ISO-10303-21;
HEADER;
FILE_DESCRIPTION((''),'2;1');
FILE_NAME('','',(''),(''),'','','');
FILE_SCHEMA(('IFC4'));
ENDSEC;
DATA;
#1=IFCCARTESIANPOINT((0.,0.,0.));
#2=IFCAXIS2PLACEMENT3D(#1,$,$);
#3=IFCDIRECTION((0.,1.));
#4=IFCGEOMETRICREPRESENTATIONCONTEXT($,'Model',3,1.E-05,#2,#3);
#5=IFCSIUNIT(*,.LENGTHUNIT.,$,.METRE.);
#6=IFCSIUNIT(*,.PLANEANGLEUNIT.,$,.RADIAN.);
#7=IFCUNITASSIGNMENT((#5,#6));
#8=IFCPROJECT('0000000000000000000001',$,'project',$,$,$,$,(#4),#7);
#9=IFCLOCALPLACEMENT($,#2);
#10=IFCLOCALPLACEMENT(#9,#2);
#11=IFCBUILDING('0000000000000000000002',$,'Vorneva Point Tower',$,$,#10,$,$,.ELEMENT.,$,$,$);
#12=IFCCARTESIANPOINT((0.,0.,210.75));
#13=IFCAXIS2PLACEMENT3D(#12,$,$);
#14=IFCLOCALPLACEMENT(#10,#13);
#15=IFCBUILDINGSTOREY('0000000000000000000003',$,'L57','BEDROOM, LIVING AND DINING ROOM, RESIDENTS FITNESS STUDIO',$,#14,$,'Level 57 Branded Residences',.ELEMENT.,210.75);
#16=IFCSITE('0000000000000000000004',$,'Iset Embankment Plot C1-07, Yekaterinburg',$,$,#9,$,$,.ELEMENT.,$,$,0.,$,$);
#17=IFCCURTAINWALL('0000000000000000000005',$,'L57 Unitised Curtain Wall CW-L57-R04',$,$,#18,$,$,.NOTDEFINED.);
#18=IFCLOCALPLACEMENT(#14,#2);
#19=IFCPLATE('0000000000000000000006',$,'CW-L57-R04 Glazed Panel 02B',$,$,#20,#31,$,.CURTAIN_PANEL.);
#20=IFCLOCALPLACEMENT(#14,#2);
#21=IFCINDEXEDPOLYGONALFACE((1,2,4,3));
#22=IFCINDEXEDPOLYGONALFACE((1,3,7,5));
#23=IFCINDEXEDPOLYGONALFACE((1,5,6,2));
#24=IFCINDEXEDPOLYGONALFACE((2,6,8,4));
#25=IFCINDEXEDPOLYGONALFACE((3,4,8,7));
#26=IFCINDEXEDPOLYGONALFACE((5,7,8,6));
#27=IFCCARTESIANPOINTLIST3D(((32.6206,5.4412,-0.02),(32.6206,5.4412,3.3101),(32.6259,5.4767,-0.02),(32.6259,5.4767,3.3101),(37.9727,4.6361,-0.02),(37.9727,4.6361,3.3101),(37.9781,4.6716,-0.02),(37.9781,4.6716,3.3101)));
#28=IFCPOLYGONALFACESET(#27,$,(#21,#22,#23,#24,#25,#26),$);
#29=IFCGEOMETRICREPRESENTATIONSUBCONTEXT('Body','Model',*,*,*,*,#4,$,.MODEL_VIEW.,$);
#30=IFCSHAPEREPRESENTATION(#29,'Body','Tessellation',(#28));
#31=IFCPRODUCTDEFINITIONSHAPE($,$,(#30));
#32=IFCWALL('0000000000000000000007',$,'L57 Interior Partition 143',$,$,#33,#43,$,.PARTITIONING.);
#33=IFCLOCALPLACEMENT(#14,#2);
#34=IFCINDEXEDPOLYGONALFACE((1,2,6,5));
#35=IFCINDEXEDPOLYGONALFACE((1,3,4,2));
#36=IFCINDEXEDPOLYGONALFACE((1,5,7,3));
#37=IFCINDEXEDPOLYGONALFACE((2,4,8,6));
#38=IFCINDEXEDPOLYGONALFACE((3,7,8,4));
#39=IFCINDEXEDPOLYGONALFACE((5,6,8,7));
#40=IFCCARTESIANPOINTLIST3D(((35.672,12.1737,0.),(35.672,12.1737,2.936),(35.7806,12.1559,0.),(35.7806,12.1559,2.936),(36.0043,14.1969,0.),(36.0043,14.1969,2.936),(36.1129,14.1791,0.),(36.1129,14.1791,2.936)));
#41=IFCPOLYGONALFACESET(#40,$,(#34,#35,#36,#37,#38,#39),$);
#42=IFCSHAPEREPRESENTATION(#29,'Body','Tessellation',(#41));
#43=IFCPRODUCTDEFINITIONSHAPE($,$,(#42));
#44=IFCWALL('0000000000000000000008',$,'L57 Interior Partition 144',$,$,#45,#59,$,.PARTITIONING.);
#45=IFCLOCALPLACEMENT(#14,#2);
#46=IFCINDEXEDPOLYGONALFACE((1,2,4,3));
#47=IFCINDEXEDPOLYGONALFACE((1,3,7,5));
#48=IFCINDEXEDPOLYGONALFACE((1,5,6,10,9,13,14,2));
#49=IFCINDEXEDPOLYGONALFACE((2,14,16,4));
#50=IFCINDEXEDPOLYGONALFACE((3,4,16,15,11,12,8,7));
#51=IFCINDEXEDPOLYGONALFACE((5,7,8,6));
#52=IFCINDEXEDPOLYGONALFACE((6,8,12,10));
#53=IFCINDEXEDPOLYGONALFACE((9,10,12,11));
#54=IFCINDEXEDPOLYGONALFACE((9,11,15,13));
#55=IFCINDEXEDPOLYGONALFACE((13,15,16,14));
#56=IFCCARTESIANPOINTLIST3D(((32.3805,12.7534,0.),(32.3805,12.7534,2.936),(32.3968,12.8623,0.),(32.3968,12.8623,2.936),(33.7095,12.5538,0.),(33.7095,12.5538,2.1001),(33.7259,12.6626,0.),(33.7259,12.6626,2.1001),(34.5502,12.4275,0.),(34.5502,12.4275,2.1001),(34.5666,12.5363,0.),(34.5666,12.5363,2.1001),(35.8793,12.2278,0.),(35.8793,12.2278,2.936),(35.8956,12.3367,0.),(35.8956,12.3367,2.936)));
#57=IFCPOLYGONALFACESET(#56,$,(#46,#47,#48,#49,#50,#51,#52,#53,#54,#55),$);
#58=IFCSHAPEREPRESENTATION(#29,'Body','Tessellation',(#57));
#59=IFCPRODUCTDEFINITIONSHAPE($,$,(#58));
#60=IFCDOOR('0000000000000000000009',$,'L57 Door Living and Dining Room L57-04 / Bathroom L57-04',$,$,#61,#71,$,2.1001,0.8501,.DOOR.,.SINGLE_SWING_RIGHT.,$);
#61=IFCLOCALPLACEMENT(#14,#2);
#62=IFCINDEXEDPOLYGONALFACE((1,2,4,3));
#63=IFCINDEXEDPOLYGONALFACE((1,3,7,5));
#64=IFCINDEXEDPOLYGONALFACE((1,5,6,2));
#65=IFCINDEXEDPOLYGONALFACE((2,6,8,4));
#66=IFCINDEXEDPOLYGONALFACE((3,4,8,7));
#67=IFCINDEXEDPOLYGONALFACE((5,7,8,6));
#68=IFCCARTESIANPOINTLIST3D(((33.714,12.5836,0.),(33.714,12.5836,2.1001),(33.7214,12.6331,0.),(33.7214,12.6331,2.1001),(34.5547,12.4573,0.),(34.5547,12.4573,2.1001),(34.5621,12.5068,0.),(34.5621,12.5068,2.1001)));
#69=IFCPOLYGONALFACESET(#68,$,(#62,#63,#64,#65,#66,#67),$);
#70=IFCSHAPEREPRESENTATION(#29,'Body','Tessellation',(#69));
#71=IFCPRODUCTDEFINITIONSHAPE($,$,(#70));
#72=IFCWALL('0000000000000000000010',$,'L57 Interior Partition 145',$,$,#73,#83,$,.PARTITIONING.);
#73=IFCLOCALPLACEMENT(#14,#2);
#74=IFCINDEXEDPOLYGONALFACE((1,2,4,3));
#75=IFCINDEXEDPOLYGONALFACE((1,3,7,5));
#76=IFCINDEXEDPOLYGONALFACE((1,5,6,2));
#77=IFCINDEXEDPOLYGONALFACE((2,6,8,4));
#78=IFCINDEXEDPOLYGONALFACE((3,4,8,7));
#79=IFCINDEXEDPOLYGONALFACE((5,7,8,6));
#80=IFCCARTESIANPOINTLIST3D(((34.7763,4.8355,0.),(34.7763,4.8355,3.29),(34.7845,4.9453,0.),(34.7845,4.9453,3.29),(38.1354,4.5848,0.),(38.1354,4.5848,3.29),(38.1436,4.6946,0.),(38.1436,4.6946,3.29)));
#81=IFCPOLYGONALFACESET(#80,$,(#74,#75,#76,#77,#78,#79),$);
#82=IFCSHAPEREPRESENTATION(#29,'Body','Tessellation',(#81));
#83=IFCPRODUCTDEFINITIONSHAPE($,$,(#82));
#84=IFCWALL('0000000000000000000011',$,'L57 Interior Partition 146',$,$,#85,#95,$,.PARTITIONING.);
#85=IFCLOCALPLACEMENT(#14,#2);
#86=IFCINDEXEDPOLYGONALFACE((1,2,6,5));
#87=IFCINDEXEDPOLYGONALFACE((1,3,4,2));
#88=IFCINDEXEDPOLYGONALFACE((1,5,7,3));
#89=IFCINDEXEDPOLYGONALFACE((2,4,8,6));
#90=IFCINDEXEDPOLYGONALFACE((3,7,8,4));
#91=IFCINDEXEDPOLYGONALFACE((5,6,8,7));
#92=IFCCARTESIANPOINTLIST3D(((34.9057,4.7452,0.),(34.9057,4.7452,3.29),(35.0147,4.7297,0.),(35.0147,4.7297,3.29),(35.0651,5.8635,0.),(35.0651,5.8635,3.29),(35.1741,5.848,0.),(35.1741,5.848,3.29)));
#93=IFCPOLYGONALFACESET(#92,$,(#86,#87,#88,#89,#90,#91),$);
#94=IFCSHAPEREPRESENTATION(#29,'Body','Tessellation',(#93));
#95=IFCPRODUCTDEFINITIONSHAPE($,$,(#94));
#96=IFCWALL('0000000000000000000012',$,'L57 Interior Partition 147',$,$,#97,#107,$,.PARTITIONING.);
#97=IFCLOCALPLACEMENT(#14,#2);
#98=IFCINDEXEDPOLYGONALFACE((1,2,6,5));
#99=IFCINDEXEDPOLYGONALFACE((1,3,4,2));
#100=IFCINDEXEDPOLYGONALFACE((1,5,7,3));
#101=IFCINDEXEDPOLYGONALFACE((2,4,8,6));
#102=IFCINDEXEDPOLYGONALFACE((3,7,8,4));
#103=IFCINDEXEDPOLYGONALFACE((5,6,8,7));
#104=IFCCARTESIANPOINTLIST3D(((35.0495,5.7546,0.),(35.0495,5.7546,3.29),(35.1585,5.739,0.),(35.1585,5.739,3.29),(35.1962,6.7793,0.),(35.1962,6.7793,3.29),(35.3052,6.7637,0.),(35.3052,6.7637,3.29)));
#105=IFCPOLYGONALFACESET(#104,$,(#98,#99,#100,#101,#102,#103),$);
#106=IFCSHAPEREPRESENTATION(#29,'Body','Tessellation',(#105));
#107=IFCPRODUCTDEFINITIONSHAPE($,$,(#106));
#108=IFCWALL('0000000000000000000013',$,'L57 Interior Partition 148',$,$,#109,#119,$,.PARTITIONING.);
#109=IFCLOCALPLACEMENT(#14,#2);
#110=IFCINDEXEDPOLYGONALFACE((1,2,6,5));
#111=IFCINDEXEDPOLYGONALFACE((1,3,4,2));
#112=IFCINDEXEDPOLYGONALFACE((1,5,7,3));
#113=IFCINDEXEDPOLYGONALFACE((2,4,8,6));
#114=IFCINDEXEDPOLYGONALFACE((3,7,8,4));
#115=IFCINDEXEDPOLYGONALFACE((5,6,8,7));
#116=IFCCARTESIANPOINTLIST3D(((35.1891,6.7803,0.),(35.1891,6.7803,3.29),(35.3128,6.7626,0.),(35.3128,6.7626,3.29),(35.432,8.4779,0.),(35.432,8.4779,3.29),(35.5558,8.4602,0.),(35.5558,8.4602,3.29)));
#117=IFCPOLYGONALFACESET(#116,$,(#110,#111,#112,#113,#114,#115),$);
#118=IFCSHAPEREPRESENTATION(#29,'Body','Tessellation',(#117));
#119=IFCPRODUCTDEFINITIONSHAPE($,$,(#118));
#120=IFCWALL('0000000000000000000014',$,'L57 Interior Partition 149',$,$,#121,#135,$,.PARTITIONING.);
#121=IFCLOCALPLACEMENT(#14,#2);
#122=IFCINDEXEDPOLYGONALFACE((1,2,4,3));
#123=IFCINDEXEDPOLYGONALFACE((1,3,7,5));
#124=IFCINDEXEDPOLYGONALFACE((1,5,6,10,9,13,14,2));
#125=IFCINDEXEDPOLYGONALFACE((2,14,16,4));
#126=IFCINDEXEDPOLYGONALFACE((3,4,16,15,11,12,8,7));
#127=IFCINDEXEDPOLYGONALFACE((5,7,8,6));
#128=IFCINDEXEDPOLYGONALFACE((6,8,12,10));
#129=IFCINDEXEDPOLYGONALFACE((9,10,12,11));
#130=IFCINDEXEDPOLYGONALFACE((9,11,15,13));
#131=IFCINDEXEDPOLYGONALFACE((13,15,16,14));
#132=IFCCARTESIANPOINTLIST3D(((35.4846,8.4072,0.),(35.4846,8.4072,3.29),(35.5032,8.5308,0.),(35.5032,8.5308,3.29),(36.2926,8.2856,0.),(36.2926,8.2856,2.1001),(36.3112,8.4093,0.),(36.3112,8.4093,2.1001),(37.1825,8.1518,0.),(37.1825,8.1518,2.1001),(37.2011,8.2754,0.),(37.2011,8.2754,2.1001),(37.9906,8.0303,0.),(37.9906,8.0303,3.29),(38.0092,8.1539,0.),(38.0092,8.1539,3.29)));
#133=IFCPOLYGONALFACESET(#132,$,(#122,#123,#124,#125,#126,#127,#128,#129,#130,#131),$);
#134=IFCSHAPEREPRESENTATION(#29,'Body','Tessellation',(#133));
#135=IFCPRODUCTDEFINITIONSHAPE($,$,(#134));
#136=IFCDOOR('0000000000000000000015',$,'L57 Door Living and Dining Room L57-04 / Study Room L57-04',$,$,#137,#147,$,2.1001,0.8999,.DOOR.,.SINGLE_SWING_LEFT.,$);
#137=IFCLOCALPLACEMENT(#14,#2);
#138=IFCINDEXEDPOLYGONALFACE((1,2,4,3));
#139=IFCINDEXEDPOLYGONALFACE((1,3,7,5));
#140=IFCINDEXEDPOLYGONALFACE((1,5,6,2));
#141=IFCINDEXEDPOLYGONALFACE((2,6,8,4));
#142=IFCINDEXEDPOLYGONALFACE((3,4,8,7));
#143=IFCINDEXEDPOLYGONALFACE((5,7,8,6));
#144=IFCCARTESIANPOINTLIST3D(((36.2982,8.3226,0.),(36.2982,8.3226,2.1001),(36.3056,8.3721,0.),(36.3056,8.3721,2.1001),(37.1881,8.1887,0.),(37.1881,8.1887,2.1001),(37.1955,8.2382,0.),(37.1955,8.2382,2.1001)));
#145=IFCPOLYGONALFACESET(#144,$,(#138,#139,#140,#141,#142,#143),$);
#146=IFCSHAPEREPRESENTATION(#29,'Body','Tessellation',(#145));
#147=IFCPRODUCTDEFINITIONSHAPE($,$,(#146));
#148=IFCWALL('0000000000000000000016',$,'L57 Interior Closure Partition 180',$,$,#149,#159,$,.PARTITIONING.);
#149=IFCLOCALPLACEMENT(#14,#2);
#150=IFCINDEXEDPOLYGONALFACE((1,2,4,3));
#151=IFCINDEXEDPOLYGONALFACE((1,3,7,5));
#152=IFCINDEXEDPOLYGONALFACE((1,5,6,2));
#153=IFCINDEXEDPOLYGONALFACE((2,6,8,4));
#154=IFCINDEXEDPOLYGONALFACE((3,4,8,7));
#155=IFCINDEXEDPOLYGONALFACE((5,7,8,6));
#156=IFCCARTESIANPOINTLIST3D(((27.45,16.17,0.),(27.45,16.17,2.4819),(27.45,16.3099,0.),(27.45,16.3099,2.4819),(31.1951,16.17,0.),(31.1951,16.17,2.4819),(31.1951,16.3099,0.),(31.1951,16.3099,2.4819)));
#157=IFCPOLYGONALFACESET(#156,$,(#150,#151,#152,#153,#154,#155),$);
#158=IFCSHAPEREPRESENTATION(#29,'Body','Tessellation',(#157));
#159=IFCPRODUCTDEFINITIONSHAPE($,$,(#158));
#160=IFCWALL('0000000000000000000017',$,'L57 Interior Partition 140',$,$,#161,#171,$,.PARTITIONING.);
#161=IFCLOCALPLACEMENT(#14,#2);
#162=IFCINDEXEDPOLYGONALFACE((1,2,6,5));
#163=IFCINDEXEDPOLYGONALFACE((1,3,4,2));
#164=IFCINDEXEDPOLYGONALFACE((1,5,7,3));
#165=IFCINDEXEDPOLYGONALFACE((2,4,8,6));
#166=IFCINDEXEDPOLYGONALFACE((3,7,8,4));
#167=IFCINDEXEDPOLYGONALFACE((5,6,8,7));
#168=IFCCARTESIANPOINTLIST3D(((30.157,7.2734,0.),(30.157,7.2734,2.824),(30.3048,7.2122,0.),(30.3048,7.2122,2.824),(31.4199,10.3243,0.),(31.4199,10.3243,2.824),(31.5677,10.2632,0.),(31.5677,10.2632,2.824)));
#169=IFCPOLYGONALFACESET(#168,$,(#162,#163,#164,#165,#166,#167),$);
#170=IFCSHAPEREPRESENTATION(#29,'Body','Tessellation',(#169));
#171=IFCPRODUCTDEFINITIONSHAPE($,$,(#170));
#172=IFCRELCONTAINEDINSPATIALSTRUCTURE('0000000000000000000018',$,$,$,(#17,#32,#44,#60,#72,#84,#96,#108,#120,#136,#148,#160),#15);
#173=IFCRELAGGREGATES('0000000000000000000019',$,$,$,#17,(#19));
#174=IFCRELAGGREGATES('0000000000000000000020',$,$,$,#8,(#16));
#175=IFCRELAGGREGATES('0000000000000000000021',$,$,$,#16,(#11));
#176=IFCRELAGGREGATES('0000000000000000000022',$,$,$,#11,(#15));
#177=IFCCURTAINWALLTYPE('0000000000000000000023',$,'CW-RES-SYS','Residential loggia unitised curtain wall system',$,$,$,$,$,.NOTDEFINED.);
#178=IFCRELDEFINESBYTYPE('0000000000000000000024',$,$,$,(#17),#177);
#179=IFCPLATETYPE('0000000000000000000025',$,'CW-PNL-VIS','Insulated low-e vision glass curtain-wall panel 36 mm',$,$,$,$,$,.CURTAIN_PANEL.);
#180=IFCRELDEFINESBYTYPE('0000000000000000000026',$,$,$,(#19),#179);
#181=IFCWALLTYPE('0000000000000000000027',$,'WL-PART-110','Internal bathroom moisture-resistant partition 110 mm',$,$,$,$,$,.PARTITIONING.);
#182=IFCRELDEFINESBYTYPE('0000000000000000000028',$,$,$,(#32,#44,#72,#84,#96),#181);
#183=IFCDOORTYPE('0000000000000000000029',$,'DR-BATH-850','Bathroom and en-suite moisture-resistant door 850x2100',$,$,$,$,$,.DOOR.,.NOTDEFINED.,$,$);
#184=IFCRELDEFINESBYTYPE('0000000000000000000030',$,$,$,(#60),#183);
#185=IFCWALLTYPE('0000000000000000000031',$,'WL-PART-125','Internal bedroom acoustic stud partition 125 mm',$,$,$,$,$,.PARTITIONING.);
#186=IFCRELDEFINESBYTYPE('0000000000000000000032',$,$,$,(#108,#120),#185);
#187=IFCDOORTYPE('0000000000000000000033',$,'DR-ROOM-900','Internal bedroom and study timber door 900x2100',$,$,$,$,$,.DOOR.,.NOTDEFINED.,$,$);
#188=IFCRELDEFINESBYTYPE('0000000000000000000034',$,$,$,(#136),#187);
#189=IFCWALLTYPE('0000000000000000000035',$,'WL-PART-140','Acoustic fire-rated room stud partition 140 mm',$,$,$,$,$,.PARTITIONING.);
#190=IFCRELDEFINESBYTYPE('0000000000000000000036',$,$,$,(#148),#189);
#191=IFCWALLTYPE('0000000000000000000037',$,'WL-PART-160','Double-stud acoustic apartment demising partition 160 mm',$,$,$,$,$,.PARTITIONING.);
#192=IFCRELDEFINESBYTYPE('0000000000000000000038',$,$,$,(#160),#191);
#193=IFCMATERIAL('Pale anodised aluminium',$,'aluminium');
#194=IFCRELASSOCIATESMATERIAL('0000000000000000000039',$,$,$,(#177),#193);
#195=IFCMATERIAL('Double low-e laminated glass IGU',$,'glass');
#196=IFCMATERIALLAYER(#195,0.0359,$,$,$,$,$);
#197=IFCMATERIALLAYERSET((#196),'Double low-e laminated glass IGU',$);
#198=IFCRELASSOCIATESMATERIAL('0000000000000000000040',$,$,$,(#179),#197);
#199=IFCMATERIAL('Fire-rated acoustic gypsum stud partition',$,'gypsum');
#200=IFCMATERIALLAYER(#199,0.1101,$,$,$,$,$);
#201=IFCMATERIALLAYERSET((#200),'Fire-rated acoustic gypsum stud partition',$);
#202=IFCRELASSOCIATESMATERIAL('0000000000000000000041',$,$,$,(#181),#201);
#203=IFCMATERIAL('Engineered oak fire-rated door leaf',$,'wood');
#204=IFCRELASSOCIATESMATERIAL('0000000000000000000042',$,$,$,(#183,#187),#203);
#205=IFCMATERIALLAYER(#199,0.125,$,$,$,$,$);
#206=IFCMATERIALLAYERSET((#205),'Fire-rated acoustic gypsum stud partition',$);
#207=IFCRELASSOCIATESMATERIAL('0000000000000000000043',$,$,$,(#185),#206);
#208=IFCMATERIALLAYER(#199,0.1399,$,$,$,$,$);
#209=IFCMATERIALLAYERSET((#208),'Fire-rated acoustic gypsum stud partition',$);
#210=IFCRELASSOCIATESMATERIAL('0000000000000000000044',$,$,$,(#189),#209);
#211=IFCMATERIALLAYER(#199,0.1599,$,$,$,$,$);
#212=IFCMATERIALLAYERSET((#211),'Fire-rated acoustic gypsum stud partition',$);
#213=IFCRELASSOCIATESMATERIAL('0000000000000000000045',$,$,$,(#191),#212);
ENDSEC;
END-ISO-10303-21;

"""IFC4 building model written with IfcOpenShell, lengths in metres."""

from ifc_helpers import new_model, si_unit, direction, frame, frame_2d, origin, origin_2d, place, context, subcontext, project, spatial, rectangle, extrude, material, layer, layer_set, type_object, element, fill, aggregate, save


model = new_model("IFC4")

# Units and contexts
model_context = context("Model", 3, precision=1e-05, world=origin(), true_north=direction((0.0, 1.0)))
body_context = subcontext(model_context, "Body", "Model", "MODEL_VIEW")
ifc_project = project(units=[si_unit("LENGTHUNIT", "METRE"), si_unit("PLANEANGLEUNIT", "RADIAN")], contexts=[model_context])

# Site, building, storey
site_placement = place(None, origin())
site = spatial("IfcSite", under=ifc_project, at=site_placement, Name="Iset Embankment Plot C1-07, Yekaterinburg", CompositionType="ELEMENT", RefElevation=0.0)
building_placement = place(site_placement, origin())
building = spatial("IfcBuilding", under=site, at=building_placement, Name="Vorneva Point Tower", CompositionType="ELEMENT")
storey_placement = place(building_placement, frame((0.0, 0.0, 210.75)))
storey = spatial("IfcBuildingStorey", under=building, at=storey_placement, Name="L57", Description="BEDROOM, LIVING AND DINING ROOM, RESIDENTS FITNESS STUDIO", LongName="Level 57 Branded Residences", CompositionType="ELEMENT", Elevation=210.75)

# Curtain wall, plate
ifc_material_1 = material(Name="Pale anodised aluminium", Category="aluminium")
curtain_wall_type = type_object("IfcCurtainWallType", Name="CW-RES-SYS", Description="Residential loggia unitised curtain wall system", PredefinedType="NOTDEFINED", material=ifc_material_1)
curtain_wall_placement = place(storey_placement, origin())
curtain_wall = element("IfcCurtainWall", 1, at=curtain_wall_placement, inside=storey, type_object=curtain_wall_type, Name="L57 Unitised Curtain Wall CW-L57-R04", PredefinedType="NOTDEFINED")
ifc_material_2 = material(Name="Double low-e laminated glass IGU", Category="glass")
ifc_layer_1 = layer(ifc_material_2, 0.0359)
ifc_layer_set_1 = layer_set([ifc_layer_1], Name="Double low-e laminated glass IGU")
plate_type = type_object("IfcPlateType", Name="CW-PNL-VIS", Description="Insulated low-e vision glass curtain-wall panel 36 mm", PredefinedType="CURTAIN_PANEL", material=ifc_layer_set_1)
plate_1_placement = place(storey_placement, frame((35.2993, 5.0564, -0.02), z_axis=(0.0, 0.0, 1.0), x_axis=(0.988874, -0.148759, 0.0)))
plate_1 = element("IfcPlate", 2, at=plate_1_placement, type_object=plate_type, Name="CW-L57-R04 Glazed Panel 02B", PredefinedType="CURTAIN_PANEL", context=body_context, shape_type="SweptSolid", body=[
    extrude(rectangle(XDim=5.4124, YDim=0.0359, at=origin_2d()), origin(), (0.0, 0.0, 1.0), 3.3301),
])
aggregate(curtain_wall, [plate_1])

# Wall
ifc_material_3 = material(Name="Fire-rated acoustic gypsum stud partition", Category="gypsum")
ifc_layer_2 = layer(ifc_material_3, 0.1101)
ifc_layer_set_2 = layer_set([ifc_layer_2], Name="Fire-rated acoustic gypsum stud partition")
wall_type_1 = type_object("IfcWallType", Name="WL-PART-110", Description="Internal bathroom moisture-resistant partition 110 mm", PredefinedType="PARTITIONING", material=ifc_layer_set_2)
wall_1_placement = place(storey_placement, frame((36.0586, 14.188, 0.0), z_axis=(0.0, 0.0, 1.0), x_axis=(-0.162062, -0.986781, 0.0)))
element("IfcWall", 3, at=wall_1_placement, inside=storey, type_object=wall_type_1, Name="L57 Interior Partition 143", PredefinedType="PARTITIONING", context=body_context, shape_type="SweptSolid", body=[
    extrude(rectangle(XDim=2.0503, YDim=0.1101, at=frame_2d((1.0251, 0.0))), origin(), (0.0, 0.0, 1.0), 2.936),
])

# Wall, opening, door
wall_2_placement = place(storey_placement, frame((35.8875, 12.2822, 0.0), z_axis=(0.0, 0.0, 1.0), x_axis=(-0.988902, 0.148567, 0.0)))
wall_2 = element("IfcWall", 4, at=wall_2_placement, inside=storey, type_object=wall_type_1, Name="L57 Interior Partition 144", PredefinedType="PARTITIONING", context=body_context, shape_type="SweptSolid", body=[
    extrude(rectangle(XDim=3.5381, YDim=0.1101, at=frame_2d((1.769, 0.0))), origin(), (0.0, 0.0, 1.0), 2.936),
])
opening_1_placement = place(wall_2_placement, frame((1.344, 0.0, 0.0)))
opening_1 = element("IfcOpeningElement", 5, at=opening_1_placement, cuts=wall_2, PredefinedType="OPENING", context=body_context, shape_type="SweptSolid", body=[
    extrude(rectangle(XDim=0.8501, YDim=2.1001, at=frame_2d((0.425, 1.05))), frame((0.0, 0.0698, 0.0), z_axis=(0.0, -1.0, 0.0), x_axis=(1.0, 0.0, 0.0)), (0.0, 0.0, 1.0), 0.1399),
])
ifc_material_4 = material(Name="Engineered oak fire-rated door leaf", Category="wood")
door_type_1 = type_object("IfcDoorType", Name="DR-BATH-850", Description="Bathroom and en-suite moisture-resistant door 850x2100", OperationType="NOTDEFINED", PredefinedType="DOOR", material=ifc_material_4)
door_1_placement = place(opening_1_placement, origin())
door_1 = element("IfcDoor", 6, at=door_1_placement, inside=storey, type_object=door_type_1, Name="L57 Door Living and Dining Room L57-04 / Bathroom L57-04", OperationType="SINGLE_SWING_RIGHT", OverallHeight=2.1001, OverallWidth=0.8501, PredefinedType="DOOR", context=body_context, shape_type="SweptSolid", body=[
    extrude(rectangle(XDim=0.8501, YDim=2.1001, at=frame_2d((0.425, 1.05))), frame((0.0, 0.0249, 0.0), z_axis=(0.0, -1.0, 0.0), x_axis=(1.0, 0.0, 0.0)), (0.0, 0.0, 1.0), 0.05),
])
fill(opening_1, door_1)

# Walls
wall_3_placement = place(storey_placement, frame((34.7805, 4.8904, 0.0), z_axis=(0.0, 0.0, 1.0), x_axis=(0.997226, -0.074435, 0.0)))
element("IfcWall", 7, at=wall_3_placement, inside=storey, type_object=wall_type_1, Name="L57 Interior Partition 145", PredefinedType="PARTITIONING", context=body_context, shape_type="SweptSolid", body=[
    extrude(rectangle(XDim=3.3684, YDim=0.1101, at=frame_2d((1.6841, 0.0))), origin(), (0.0, 0.0, 1.0), 3.29),
])
wall_4_placement = place(storey_placement, frame((34.9602, 4.7373, 0.0), z_axis=(0.0, 0.0, 1.0), x_axis=(0.141119, 0.989993, 0.0)))
element("IfcWall", 8, at=wall_4_placement, inside=storey, type_object=wall_type_1, Name="L57 Interior Partition 146", PredefinedType="PARTITIONING", context=body_context, shape_type="SweptSolid", body=[
    extrude(rectangle(XDim=1.1296, YDim=0.1101, at=frame_2d((0.5649, 0.0))), origin(), (0.0, 0.0, 1.0), 3.29),
])
wall_5_placement = place(storey_placement, frame((35.104, 5.7468, 0.0), z_axis=(0.0, 0.0, 1.0), x_axis=(0.141752, 0.989902, 0.0)))
element("IfcWall", 9, at=wall_5_placement, inside=storey, type_object=wall_type_1, Name="L57 Interior Partition 147", PredefinedType="PARTITIONING", context=body_context, shape_type="SweptSolid", body=[
    extrude(rectangle(XDim=1.0352, YDim=0.1101, at=frame_2d((0.5176, 0.0))), origin(), (0.0, 0.0, 1.0), 3.29),
])
ifc_layer_3 = layer(ifc_material_3, 0.125)
ifc_layer_set_3 = layer_set([ifc_layer_3], Name="Fire-rated acoustic gypsum stud partition")
wall_type_2 = type_object("IfcWallType", Name="WL-PART-125", Description="Internal bedroom acoustic stud partition 125 mm", PredefinedType="PARTITIONING", material=ifc_layer_set_3)
wall_6_placement = place(storey_placement, frame((35.251, 6.7715, 0.0), z_axis=(0.0, 0.0, 1.0), x_axis=(0.141661, 0.989915, 0.0)))
element("IfcWall", 10, at=wall_6_placement, inside=storey, type_object=wall_type_2, Name="L57 Interior Partition 148", PredefinedType="PARTITIONING", context=body_context, shape_type="SweptSolid", body=[
    extrude(rectangle(XDim=1.7148, YDim=0.125, at=frame_2d((0.8574, 0.0))), origin(), (0.0, 0.0, 1.0), 3.29),
])

# Wall, opening, door
wall_7_placement = place(storey_placement, frame((35.4939, 8.469, 0.0), z_axis=(0.0, 0.0, 1.0), x_axis=(0.988876, -0.148741, 0.0)))
wall_7 = element("IfcWall", 11, at=wall_7_placement, inside=storey, type_object=wall_type_2, Name="L57 Interior Partition 149", PredefinedType="PARTITIONING", context=body_context, shape_type="SweptSolid", body=[
    extrude(rectangle(XDim=2.5342, YDim=0.125, at=frame_2d((1.2671, 0.0))), origin(), (0.0, 0.0, 1.0), 3.29),
])
opening_2_placement = place(wall_7_placement, frame((0.8171, 0.0, 0.0)))
opening_2 = element("IfcOpeningElement", 12, at=opening_2_placement, cuts=wall_7, PredefinedType="OPENING", context=body_context, shape_type="SweptSolid", body=[
    extrude(rectangle(XDim=0.8999, YDim=2.1001, at=frame_2d((0.45, 1.05))), frame((0.0, 0.0774, 0.0), z_axis=(0.0, -1.0, 0.0), x_axis=(1.0, 0.0, 0.0)), (0.0, 0.0, 1.0), 0.1548),
])
door_type_2 = type_object("IfcDoorType", Name="DR-ROOM-900", Description="Internal bedroom and study timber door 900x2100", OperationType="NOTDEFINED", PredefinedType="DOOR", material=ifc_material_4)
door_2_placement = place(opening_2_placement, origin())
door_2 = element("IfcDoor", 13, at=door_2_placement, inside=storey, type_object=door_type_2, Name="L57 Door Living and Dining Room L57-04 / Study Room L57-04", OperationType="SINGLE_SWING_LEFT", OverallHeight=2.1001, OverallWidth=0.8999, PredefinedType="DOOR", context=body_context, shape_type="SweptSolid", body=[
    extrude(rectangle(XDim=0.8999, YDim=2.1001, at=frame_2d((0.45, 1.05))), frame((0.0, 0.0249, 0.0), z_axis=(0.0, -1.0, 0.0), x_axis=(1.0, 0.0, 0.0)), (0.0, 0.0, 1.0), 0.05),
])
fill(opening_2, door_2)

# Walls
ifc_layer_4 = layer(ifc_material_3, 0.1399)
ifc_layer_set_4 = layer_set([ifc_layer_4], Name="Fire-rated acoustic gypsum stud partition")
wall_type_3 = type_object("IfcWallType", Name="WL-PART-140", Description="Acoustic fire-rated room stud partition 140 mm", PredefinedType="PARTITIONING", material=ifc_layer_set_4)
wall_8_placement = place(storey_placement, frame((27.45, 16.24, 0.0), z_axis=(0.0, 0.0, 1.0), x_axis=(1.0, 0.0, 0.0)))
element("IfcWall", 14, at=wall_8_placement, inside=storey, type_object=wall_type_3, Name="L57 Interior Closure Partition 180", PredefinedType="PARTITIONING", context=body_context, shape_type="SweptSolid", body=[
    extrude(rectangle(XDim=3.7451, YDim=0.1399, at=frame_2d((1.8726, 0.0))), origin(), (0.0, 0.0, 1.0), 2.4819),
])
ifc_layer_5 = layer(ifc_material_3, 0.1599)
ifc_layer_set_5 = layer_set([ifc_layer_5], Name="Fire-rated acoustic gypsum stud partition")
wall_type_4 = type_object("IfcWallType", Name="WL-PART-160", Description="Double-stud acoustic apartment demising partition 160 mm", PredefinedType="PARTITIONING", material=ifc_layer_set_5)
wall_9_placement = place(storey_placement, frame((30.231, 7.2429, 0.0), z_axis=(0.0, 0.0, 1.0), x_axis=(0.382467, 0.923969, 0.0)))
element("IfcWall", 15, at=wall_9_placement, inside=storey, type_object=wall_type_4, Name="L57 Interior Partition 140", PredefinedType="PARTITIONING", context=body_context, shape_type="SweptSolid", body=[
    extrude(rectangle(XDim=3.302, YDim=0.1599, at=frame_2d((1.6509, 0.0))), origin(), (0.0, 0.0, 1.0), 2.824),
])

save(model, "model.ifc")
